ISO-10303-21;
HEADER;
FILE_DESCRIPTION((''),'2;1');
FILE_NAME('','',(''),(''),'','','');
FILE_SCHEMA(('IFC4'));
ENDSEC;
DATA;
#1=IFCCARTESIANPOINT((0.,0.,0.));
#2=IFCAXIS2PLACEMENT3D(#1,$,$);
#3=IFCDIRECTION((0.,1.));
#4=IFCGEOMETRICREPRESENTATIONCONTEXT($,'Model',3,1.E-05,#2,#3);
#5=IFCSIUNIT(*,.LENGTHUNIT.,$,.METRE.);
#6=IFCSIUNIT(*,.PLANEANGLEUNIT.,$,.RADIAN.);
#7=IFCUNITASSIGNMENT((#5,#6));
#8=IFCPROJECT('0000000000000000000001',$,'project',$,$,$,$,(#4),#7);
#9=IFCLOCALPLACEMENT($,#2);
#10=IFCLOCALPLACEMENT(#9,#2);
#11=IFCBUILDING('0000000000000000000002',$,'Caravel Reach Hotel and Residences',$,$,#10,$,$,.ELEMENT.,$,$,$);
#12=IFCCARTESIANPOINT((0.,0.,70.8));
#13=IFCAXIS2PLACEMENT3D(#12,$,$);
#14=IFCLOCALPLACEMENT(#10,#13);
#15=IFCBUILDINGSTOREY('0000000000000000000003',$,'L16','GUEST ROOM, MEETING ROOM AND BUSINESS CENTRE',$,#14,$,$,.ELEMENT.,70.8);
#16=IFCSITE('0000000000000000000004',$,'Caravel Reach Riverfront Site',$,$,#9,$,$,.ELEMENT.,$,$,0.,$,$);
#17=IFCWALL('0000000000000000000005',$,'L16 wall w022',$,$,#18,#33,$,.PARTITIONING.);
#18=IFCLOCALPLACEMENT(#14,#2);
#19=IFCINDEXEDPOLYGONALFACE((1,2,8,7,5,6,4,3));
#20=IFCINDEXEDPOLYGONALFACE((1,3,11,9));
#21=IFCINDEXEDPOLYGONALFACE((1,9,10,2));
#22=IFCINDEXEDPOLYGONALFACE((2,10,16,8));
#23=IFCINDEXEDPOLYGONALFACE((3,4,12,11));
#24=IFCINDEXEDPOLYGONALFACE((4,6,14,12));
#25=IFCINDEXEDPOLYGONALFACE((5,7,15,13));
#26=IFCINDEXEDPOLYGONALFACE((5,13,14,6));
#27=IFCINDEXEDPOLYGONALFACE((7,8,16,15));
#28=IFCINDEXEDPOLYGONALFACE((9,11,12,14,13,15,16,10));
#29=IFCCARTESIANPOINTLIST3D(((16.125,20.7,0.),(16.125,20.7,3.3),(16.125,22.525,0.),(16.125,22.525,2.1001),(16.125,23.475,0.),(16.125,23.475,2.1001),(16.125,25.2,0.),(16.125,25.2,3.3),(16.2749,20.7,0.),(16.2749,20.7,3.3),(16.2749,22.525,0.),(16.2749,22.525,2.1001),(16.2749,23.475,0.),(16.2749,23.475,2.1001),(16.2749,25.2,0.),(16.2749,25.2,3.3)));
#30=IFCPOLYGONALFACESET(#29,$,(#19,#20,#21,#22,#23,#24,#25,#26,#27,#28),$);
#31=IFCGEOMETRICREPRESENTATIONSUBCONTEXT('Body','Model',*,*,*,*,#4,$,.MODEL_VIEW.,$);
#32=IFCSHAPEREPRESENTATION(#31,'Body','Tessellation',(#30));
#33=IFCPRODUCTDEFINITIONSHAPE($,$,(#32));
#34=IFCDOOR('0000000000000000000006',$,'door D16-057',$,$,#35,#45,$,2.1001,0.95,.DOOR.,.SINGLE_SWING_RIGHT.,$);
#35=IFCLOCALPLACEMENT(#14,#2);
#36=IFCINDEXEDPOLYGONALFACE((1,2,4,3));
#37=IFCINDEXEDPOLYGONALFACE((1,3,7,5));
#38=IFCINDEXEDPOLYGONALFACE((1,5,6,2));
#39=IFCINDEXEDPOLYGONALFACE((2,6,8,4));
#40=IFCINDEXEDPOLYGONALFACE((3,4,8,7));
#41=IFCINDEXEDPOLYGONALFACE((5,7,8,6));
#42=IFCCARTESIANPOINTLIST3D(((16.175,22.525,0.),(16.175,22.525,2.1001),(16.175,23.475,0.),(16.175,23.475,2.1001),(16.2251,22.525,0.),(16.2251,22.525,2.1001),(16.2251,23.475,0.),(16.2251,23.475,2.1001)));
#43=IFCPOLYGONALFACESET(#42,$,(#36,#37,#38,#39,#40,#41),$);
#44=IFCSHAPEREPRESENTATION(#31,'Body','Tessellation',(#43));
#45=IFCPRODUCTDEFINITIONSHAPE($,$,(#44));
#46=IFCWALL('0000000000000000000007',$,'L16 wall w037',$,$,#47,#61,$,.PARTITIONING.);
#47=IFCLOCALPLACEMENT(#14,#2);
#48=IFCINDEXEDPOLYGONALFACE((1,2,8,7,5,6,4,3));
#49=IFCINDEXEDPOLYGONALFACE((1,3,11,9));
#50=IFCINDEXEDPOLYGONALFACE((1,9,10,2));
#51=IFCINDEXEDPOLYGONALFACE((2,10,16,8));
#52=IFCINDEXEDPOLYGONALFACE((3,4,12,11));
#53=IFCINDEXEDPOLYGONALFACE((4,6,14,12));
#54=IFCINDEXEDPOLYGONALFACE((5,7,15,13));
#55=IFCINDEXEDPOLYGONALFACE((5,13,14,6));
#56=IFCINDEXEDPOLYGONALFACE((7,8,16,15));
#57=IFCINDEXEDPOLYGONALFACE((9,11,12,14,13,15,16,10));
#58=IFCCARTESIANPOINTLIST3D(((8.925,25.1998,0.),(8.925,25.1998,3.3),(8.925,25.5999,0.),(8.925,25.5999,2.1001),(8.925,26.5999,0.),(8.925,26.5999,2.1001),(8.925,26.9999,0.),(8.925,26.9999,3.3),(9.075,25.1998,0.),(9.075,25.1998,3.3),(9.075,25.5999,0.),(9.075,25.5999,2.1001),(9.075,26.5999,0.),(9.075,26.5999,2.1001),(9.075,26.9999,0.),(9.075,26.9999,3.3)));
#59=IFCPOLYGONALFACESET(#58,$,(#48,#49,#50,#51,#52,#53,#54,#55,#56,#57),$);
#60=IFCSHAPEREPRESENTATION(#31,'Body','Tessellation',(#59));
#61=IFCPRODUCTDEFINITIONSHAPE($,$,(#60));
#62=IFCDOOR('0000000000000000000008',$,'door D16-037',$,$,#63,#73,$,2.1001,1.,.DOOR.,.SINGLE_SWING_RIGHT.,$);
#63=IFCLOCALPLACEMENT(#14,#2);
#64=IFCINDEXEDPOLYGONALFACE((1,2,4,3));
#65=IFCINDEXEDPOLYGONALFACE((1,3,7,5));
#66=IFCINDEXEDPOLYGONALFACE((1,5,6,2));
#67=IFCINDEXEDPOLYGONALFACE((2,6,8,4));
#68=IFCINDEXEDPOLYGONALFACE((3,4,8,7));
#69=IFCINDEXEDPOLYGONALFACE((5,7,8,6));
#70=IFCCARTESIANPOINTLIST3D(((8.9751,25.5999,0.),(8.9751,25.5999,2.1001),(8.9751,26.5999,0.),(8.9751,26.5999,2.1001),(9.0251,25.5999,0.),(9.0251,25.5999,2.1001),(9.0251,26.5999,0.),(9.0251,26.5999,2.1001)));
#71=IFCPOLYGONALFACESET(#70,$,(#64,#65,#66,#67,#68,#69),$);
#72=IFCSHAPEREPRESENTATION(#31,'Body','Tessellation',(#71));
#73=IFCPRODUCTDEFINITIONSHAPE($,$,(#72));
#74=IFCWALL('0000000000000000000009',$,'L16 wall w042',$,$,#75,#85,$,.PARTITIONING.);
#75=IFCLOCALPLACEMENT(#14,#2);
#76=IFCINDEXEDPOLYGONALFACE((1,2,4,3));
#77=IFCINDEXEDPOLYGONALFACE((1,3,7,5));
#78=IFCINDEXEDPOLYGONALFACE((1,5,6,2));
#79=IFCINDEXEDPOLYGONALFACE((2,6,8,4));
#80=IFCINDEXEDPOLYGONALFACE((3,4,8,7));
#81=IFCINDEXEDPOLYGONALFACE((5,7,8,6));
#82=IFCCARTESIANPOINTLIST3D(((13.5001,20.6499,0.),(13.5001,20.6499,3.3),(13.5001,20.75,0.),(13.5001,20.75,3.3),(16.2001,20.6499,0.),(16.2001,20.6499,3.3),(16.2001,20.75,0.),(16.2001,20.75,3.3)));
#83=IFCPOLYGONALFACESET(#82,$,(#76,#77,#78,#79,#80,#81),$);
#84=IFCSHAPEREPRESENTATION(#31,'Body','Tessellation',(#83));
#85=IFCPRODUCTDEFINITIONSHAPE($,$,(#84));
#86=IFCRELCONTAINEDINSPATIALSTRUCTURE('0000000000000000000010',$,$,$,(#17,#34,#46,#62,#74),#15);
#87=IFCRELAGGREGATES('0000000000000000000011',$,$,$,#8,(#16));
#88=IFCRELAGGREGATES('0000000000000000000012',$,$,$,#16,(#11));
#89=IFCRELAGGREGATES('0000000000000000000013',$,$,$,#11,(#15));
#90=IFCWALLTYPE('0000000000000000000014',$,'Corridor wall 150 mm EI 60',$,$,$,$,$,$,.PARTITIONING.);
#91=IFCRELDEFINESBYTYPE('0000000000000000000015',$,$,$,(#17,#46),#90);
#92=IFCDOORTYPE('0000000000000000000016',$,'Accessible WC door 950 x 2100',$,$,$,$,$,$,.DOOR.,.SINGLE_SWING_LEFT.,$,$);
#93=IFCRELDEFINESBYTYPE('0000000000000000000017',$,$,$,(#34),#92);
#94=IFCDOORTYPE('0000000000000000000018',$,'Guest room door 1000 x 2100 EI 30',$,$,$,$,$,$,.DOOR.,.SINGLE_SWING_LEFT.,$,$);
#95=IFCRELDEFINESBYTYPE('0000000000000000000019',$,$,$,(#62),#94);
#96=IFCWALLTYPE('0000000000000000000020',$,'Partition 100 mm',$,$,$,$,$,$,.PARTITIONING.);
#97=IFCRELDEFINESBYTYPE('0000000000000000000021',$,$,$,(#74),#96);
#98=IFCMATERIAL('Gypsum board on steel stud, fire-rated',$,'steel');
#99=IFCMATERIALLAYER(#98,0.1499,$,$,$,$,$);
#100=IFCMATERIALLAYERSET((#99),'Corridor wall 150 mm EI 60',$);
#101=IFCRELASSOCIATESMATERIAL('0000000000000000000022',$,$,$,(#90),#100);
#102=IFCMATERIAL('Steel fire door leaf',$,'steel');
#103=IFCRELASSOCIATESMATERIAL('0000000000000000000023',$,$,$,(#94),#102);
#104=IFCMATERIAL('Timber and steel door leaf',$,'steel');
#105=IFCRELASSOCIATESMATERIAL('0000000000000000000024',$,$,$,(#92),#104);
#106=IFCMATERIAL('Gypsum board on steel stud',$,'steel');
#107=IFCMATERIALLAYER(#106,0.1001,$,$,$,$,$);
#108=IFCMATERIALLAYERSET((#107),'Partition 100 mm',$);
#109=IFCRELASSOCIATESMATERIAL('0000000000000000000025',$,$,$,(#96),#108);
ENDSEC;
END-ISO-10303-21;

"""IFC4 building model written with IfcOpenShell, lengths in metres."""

from ifc_helpers import new_model, si_unit, direction, frame, frame_2d, origin, place, context, subcontext, project, spatial, rectangle, extrude, material, layer, layer_set, type_object, element, fill, save


model = new_model("IFC4")

# Units and contexts
model_context = context("Model", 3, precision=1e-05, world=origin(), true_north=direction((0.0, 1.0)))
body_context = subcontext(model_context, "Body", "Model", "MODEL_VIEW")
ifc_project = project(units=[si_unit("LENGTHUNIT", "METRE"), si_unit("PLANEANGLEUNIT", "RADIAN")], contexts=[model_context])

# Site, building, storey
site_placement = place(None, origin())
site = spatial("IfcSite", under=ifc_project, at=site_placement, Name="Caravel Reach Riverfront Site", CompositionType="ELEMENT", RefElevation=0.0)
building_placement = place(site_placement, origin())
building = spatial("IfcBuilding", under=site, at=building_placement, Name="Caravel Reach Hotel and Residences", CompositionType="ELEMENT")
storey_placement = place(building_placement, frame((0.0, 0.0, 70.8)))
storey = spatial("IfcBuildingStorey", under=building, at=storey_placement, Name="L16", Description="GUEST ROOM, MEETING ROOM AND BUSINESS CENTRE", CompositionType="ELEMENT", Elevation=70.8)

# Shared definitions
ifc_material_1 = material(Name="Gypsum board on steel stud, fire-rated", Category="steel")
ifc_layer_1 = layer(ifc_material_1, 0.1499)
ifc_layer_set_1 = layer_set([ifc_layer_1], Name="Corridor wall 150 mm EI 60")
wall_type_1 = type_object("IfcWallType", Name="Corridor wall 150 mm EI 60", PredefinedType="PARTITIONING", material=ifc_layer_set_1)
ifc_material_2 = material(Name="Steel fire door leaf", Category="steel")
door_type_1 = type_object("IfcDoorType", Name="Guest room door 1000 x 2100 EI 30", OperationType="SINGLE_SWING_LEFT", PredefinedType="DOOR", material=ifc_material_2)

# Walls, openings, doors
wall_1_placement = place(storey_placement, frame((16.2, 20.7, 0.0), z_axis=(0.0, 0.0, 1.0), x_axis=(0.0, 1.0, 0.0)))
wall_1 = element("IfcWall", 1, at=wall_1_placement, inside=storey, type_object=wall_type_1, Name="L16 wall w022", PredefinedType="PARTITIONING", context=body_context, shape_type="SweptSolid", body=[
    extrude(rectangle(XDim=4.5, YDim=0.1499, at=frame_2d((2.25, 0.0))), origin(), (0.0, 0.0, 1.0), 3.3),
])
opening_1_placement = place(wall_1_placement, frame((1.825, 0.0, 0.0)))
opening_1 = element("IfcOpeningElement", 2, at=opening_1_placement, cuts=wall_1, PredefinedType="OPENING", context=body_context, shape_type="SweptSolid", body=[
    extrude(rectangle(XDim=0.95, YDim=2.1001, at=frame_2d((0.4751, 1.05))), frame((0.0, 0.085, 0.0), z_axis=(0.0, -1.0, 0.0), x_axis=(1.0, 0.0, 0.0)), (0.0, 0.0, 1.0), 0.1699),
])
ifc_material_3 = material(Name="Timber and steel door leaf", Category="steel")
door_type_2 = type_object("IfcDoorType", Name="Accessible WC door 950 x 2100", OperationType="SINGLE_SWING_LEFT", PredefinedType="DOOR", material=ifc_material_3)
door_1_placement = place(opening_1_placement, origin())
door_1 = element("IfcDoor", 3, at=door_1_placement, inside=storey, type_object=door_type_2, Name="door D16-057", OperationType="SINGLE_SWING_RIGHT", OverallHeight=2.1001, OverallWidth=0.95, PredefinedType="DOOR", context=body_context, shape_type="SweptSolid", body=[
    extrude(rectangle(XDim=0.95, YDim=2.1001, at=frame_2d((0.4751, 1.05))), frame((0.0, 0.0249, 0.0), z_axis=(0.0, -1.0, 0.0), x_axis=(1.0, 0.0, 0.0)), (0.0, 0.0, 1.0), 0.05),
])
fill(opening_1, door_1)
wall_2_placement = place(storey_placement, frame((9.0, 25.2, 0.0), z_axis=(0.0, 0.0, 1.0), x_axis=(0.0, 1.0, 0.0)))
wall_2 = element("IfcWall", 4, at=wall_2_placement, inside=storey, type_object=wall_type_1, Name="L16 wall w037", PredefinedType="PARTITIONING", context=body_context, shape_type="SweptSolid", body=[
    extrude(rectangle(XDim=1.8, YDim=0.1499, at=frame_2d((0.8999, 0.0))), origin(), (0.0, 0.0, 1.0), 3.3),
])
opening_2_placement = place(wall_2_placement, frame((0.3999, 0.0, 0.0)))
opening_2 = element("IfcOpeningElement", 5, at=opening_2_placement, cuts=wall_2, PredefinedType="OPENING", context=body_context, shape_type="SweptSolid", body=[
    extrude(rectangle(XDim=1.0, YDim=2.1001, at=frame_2d((0.5, 1.05))), frame((0.0, 0.085, 0.0), z_axis=(0.0, -1.0, 0.0), x_axis=(1.0, 0.0, 0.0)), (0.0, 0.0, 1.0), 0.1699),
])
door_2_placement = place(opening_2_placement, origin())
door_2 = element("IfcDoor", 6, at=door_2_placement, inside=storey, type_object=door_type_1, Name="door D16-037", OperationType="SINGLE_SWING_RIGHT", OverallHeight=2.1001, OverallWidth=1.0, PredefinedType="DOOR", context=body_context, shape_type="SweptSolid", body=[
    extrude(rectangle(XDim=1.0, YDim=2.1001, at=frame_2d((0.5, 1.05))), frame((0.0, 0.0249, 0.0), z_axis=(0.0, -1.0, 0.0), x_axis=(1.0, 0.0, 0.0)), (0.0, 0.0, 1.0), 0.05),
])
fill(opening_2, door_2)

# Wall
ifc_material_4 = material(Name="Gypsum board on steel stud", Category="steel")
ifc_layer_2 = layer(ifc_material_4, 0.1001)
ifc_layer_set_2 = layer_set([ifc_layer_2], Name="Partition 100 mm")
wall_type_2 = type_object("IfcWallType", Name="Partition 100 mm", PredefinedType="PARTITIONING", material=ifc_layer_set_2)
wall_3_placement = place(storey_placement, frame((13.5, 20.7, 0.0), z_axis=(0.0, 0.0, 1.0), x_axis=(1.0, 0.0, 0.0)))
element("IfcWall", 7, at=wall_3_placement, inside=storey, type_object=wall_type_2, Name="L16 wall w042", PredefinedType="PARTITIONING", context=body_context, shape_type="SweptSolid", body=[
    extrude(rectangle(XDim=2.7, YDim=0.1001, at=frame_2d((1.3501, 0.0))), origin(), (0.0, 0.0, 1.0), 3.3),
])

save(model, "model.ifc")
